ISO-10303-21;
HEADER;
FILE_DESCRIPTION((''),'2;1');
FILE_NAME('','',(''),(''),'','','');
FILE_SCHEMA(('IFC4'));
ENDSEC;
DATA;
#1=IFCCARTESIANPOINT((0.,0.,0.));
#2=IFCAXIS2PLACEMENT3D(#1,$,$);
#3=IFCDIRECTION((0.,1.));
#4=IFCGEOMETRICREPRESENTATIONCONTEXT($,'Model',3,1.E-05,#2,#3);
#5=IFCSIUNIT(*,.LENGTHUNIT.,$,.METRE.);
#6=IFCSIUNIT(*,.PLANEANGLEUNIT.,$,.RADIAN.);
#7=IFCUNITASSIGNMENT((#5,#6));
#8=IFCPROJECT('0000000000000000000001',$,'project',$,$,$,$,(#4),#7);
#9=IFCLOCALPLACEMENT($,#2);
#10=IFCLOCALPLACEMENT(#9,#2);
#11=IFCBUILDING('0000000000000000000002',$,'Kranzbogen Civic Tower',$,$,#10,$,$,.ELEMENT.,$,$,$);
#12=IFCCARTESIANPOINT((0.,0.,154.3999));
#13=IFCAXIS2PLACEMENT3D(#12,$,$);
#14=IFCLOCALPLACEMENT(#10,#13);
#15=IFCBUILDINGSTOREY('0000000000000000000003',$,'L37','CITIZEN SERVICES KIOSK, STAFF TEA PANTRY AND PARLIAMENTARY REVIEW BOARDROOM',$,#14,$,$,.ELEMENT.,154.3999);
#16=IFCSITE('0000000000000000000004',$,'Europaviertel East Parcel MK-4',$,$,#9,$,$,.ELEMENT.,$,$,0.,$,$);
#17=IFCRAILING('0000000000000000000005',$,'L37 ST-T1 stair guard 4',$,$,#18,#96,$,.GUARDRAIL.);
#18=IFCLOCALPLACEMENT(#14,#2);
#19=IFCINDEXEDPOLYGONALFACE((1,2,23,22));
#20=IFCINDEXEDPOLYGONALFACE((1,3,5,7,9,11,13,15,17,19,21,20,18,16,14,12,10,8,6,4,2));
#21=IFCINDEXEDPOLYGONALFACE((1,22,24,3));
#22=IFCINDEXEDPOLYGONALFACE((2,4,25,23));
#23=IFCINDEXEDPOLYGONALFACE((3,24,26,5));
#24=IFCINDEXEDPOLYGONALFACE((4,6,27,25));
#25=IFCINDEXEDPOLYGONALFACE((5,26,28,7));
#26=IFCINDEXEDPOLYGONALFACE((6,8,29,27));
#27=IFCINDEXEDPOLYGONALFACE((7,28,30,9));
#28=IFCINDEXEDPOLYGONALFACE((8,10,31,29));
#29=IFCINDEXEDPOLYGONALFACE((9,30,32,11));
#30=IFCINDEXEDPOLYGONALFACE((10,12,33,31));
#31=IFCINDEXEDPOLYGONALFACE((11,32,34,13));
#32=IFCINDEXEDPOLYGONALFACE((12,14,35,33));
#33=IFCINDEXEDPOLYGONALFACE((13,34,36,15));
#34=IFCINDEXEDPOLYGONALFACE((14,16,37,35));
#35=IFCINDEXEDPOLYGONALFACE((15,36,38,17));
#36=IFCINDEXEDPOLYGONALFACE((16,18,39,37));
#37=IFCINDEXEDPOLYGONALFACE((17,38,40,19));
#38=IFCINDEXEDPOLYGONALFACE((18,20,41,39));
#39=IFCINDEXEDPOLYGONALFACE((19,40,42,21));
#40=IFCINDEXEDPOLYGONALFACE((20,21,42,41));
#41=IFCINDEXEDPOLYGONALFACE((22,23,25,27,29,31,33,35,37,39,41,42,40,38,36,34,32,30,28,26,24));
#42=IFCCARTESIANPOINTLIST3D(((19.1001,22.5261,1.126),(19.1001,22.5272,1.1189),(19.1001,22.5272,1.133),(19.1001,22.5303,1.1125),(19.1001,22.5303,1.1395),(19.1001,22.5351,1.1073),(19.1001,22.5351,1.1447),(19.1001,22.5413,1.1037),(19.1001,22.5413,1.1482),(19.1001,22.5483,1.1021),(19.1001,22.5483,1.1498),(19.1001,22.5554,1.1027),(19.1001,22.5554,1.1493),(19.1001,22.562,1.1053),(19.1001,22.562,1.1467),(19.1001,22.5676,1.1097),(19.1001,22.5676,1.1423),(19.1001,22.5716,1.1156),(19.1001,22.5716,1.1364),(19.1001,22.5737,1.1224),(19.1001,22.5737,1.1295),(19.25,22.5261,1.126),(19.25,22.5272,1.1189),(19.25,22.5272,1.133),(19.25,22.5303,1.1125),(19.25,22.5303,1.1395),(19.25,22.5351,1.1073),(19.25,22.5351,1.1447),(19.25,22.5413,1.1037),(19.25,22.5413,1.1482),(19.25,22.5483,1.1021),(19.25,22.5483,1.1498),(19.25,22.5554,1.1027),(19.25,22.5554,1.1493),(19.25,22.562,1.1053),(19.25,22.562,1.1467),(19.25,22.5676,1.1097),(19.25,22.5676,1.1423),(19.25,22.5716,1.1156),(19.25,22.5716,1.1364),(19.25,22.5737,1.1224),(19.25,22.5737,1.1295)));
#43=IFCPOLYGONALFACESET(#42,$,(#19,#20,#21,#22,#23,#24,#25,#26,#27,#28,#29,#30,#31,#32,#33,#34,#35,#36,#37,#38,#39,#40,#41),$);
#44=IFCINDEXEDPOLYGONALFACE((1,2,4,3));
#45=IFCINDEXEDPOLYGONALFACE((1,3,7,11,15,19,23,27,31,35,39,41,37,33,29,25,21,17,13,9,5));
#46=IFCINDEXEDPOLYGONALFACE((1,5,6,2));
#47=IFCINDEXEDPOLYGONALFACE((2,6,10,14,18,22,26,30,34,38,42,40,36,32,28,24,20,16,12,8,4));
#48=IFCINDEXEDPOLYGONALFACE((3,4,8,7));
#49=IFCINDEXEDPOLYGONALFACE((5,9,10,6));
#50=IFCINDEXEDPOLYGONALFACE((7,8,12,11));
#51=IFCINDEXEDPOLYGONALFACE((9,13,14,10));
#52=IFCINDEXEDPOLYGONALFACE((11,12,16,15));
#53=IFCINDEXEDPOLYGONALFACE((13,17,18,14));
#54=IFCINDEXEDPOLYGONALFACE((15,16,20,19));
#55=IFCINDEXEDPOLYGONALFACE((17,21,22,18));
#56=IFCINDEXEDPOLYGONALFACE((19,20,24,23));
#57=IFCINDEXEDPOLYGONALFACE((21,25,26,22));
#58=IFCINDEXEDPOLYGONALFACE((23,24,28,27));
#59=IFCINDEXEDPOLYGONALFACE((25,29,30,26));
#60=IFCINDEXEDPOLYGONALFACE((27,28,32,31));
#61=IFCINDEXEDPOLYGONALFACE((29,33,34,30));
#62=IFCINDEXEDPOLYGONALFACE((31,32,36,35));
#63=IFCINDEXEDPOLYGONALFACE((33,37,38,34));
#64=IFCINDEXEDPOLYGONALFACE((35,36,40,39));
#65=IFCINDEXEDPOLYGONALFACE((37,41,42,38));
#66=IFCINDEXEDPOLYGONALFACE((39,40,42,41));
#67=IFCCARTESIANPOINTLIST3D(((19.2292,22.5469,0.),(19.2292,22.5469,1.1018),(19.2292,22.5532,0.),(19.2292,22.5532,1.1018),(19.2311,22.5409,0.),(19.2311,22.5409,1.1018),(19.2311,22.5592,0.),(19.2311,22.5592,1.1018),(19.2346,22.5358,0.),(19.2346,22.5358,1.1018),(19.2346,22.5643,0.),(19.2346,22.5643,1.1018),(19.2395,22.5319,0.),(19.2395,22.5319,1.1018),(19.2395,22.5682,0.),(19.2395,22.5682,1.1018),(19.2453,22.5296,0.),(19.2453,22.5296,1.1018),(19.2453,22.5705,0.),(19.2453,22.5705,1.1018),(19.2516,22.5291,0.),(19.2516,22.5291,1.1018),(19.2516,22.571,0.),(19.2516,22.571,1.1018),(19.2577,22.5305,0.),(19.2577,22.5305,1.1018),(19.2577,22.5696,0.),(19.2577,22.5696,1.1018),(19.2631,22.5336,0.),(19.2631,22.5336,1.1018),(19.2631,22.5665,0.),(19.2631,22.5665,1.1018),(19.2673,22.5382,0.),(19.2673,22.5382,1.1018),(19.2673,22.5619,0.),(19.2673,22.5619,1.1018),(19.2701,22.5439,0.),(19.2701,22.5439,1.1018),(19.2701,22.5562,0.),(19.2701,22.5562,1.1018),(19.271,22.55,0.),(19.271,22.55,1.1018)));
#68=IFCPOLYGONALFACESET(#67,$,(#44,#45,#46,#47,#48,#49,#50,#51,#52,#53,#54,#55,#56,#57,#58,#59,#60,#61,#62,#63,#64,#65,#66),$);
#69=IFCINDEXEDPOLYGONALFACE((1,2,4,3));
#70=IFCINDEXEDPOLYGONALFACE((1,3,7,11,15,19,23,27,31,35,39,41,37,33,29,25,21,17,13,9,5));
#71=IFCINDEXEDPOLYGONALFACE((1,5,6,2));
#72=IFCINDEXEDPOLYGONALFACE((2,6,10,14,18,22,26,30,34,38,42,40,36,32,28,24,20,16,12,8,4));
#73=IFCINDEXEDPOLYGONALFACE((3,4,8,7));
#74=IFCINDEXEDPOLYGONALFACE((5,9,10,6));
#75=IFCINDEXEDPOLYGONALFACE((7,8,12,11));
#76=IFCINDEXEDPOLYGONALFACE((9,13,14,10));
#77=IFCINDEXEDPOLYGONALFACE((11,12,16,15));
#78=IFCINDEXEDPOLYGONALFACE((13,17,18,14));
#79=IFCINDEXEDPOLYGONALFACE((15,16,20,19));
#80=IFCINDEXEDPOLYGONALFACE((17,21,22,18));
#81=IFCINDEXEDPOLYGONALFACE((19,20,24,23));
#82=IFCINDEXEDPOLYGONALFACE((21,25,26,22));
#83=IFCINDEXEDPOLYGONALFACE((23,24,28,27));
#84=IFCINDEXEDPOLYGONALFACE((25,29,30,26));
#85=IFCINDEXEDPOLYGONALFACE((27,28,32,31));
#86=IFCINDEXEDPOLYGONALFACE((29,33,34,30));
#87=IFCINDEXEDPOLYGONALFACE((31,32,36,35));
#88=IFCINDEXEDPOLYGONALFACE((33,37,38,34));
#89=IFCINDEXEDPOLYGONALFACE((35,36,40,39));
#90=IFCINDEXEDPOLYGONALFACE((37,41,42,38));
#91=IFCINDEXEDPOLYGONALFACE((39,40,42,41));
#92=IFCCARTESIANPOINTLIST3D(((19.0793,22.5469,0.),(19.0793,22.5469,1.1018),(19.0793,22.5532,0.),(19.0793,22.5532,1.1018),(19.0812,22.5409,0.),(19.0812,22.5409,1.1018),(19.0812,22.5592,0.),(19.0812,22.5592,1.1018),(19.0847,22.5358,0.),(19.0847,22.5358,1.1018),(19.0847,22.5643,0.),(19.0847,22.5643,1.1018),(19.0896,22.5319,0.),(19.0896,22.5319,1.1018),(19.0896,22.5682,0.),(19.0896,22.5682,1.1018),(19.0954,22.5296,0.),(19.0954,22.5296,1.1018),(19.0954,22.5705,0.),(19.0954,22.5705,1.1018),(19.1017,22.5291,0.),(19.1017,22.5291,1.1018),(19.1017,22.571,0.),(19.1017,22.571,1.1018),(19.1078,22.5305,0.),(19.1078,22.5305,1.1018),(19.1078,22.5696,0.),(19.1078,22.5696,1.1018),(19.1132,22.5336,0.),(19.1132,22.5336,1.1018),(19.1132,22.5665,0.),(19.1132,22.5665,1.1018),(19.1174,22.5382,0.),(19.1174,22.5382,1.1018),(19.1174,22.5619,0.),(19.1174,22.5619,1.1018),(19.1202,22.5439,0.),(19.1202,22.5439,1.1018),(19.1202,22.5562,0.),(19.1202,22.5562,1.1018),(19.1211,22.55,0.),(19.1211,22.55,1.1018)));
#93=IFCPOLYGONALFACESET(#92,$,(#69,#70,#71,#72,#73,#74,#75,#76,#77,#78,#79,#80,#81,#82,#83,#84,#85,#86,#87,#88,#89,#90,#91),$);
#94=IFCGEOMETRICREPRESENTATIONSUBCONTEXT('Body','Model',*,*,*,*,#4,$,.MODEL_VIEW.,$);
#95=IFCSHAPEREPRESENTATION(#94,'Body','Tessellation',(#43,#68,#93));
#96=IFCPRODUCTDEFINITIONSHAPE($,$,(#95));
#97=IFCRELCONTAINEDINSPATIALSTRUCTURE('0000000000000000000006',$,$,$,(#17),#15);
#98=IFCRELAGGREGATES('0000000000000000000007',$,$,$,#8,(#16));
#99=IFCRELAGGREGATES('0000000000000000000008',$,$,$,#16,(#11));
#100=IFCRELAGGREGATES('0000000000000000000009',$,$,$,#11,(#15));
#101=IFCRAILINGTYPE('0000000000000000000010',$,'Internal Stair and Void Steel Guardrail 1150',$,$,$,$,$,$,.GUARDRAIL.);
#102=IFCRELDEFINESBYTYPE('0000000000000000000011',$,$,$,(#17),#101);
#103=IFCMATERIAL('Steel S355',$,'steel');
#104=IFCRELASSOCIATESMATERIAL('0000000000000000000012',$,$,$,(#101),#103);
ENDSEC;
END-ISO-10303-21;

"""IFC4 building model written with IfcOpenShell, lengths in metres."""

from ifc_helpers import new_model, si_unit, direction, frame, origin, origin_2d, place, context, subcontext, project, spatial, circle, extrude, material, type_object, element, save


model = new_model("IFC4")

# Units and contexts
model_context = context("Model", 3, precision=1e-05, world=origin(), true_north=direction((0.0, 1.0)))
body_context = subcontext(model_context, "Body", "Model", "MODEL_VIEW")
ifc_project = project(units=[si_unit("LENGTHUNIT", "METRE"), si_unit("PLANEANGLEUNIT", "RADIAN")], contexts=[model_context])

# Site, building, storey
site_placement = place(None, origin())
site = spatial("IfcSite", under=ifc_project, at=site_placement, Name="Europaviertel East Parcel MK-4", CompositionType="ELEMENT", RefElevation=0.0)
building_placement = place(site_placement, origin())
building = spatial("IfcBuilding", under=site, at=building_placement, Name="Kranzbogen Civic Tower", CompositionType="ELEMENT")
storey_placement = place(building_placement, frame((0.0, 0.0, 154.3999)))
storey = spatial("IfcBuildingStorey", under=building, at=storey_placement, Name="L37", Description="CITIZEN SERVICES KIOSK, STAFF TEA PANTRY AND PARLIAMENTARY REVIEW BOARDROOM", CompositionType="ELEMENT", Elevation=154.3999)

# Shared definitions
ifc_material_1 = material(Name="Steel S355", Category="steel")

# Railing
railing_type_1 = type_object("IfcRailingType", Name="Internal Stair and Void Steel Guardrail 1150", PredefinedType="GUARDRAIL", material=ifc_material_1)
railing_1_placement = place(storey_placement, frame((19.25, 22.55, 0.0)))
element("IfcRailing", 1, at=railing_1_placement, inside=storey, type_object=railing_type_1, Name="L37 ST-T1 stair guard 4", PredefinedType="GUARDRAIL", context=body_context, shape_type="SweptSolid", body=[
    extrude(circle(Radius=0.0239, at=origin_2d()), frame((0.0, 0.0, 1.126), z_axis=(-1.0, 0.0, 0.0), x_axis=(0.0, -1.0, 0.0)), (0.0, 0.0, 1.0), 0.1499),
    extrude(circle(Radius=0.021, at=origin_2d()), origin(), (0.0, 0.0, 1.0), 1.1018),
    extrude(circle(Radius=0.021, at=origin_2d()), frame((-0.1499, 0.0, 0.0)), (0.0, 0.0, 1.0), 1.1018),
])

save(model, "model.ifc")
